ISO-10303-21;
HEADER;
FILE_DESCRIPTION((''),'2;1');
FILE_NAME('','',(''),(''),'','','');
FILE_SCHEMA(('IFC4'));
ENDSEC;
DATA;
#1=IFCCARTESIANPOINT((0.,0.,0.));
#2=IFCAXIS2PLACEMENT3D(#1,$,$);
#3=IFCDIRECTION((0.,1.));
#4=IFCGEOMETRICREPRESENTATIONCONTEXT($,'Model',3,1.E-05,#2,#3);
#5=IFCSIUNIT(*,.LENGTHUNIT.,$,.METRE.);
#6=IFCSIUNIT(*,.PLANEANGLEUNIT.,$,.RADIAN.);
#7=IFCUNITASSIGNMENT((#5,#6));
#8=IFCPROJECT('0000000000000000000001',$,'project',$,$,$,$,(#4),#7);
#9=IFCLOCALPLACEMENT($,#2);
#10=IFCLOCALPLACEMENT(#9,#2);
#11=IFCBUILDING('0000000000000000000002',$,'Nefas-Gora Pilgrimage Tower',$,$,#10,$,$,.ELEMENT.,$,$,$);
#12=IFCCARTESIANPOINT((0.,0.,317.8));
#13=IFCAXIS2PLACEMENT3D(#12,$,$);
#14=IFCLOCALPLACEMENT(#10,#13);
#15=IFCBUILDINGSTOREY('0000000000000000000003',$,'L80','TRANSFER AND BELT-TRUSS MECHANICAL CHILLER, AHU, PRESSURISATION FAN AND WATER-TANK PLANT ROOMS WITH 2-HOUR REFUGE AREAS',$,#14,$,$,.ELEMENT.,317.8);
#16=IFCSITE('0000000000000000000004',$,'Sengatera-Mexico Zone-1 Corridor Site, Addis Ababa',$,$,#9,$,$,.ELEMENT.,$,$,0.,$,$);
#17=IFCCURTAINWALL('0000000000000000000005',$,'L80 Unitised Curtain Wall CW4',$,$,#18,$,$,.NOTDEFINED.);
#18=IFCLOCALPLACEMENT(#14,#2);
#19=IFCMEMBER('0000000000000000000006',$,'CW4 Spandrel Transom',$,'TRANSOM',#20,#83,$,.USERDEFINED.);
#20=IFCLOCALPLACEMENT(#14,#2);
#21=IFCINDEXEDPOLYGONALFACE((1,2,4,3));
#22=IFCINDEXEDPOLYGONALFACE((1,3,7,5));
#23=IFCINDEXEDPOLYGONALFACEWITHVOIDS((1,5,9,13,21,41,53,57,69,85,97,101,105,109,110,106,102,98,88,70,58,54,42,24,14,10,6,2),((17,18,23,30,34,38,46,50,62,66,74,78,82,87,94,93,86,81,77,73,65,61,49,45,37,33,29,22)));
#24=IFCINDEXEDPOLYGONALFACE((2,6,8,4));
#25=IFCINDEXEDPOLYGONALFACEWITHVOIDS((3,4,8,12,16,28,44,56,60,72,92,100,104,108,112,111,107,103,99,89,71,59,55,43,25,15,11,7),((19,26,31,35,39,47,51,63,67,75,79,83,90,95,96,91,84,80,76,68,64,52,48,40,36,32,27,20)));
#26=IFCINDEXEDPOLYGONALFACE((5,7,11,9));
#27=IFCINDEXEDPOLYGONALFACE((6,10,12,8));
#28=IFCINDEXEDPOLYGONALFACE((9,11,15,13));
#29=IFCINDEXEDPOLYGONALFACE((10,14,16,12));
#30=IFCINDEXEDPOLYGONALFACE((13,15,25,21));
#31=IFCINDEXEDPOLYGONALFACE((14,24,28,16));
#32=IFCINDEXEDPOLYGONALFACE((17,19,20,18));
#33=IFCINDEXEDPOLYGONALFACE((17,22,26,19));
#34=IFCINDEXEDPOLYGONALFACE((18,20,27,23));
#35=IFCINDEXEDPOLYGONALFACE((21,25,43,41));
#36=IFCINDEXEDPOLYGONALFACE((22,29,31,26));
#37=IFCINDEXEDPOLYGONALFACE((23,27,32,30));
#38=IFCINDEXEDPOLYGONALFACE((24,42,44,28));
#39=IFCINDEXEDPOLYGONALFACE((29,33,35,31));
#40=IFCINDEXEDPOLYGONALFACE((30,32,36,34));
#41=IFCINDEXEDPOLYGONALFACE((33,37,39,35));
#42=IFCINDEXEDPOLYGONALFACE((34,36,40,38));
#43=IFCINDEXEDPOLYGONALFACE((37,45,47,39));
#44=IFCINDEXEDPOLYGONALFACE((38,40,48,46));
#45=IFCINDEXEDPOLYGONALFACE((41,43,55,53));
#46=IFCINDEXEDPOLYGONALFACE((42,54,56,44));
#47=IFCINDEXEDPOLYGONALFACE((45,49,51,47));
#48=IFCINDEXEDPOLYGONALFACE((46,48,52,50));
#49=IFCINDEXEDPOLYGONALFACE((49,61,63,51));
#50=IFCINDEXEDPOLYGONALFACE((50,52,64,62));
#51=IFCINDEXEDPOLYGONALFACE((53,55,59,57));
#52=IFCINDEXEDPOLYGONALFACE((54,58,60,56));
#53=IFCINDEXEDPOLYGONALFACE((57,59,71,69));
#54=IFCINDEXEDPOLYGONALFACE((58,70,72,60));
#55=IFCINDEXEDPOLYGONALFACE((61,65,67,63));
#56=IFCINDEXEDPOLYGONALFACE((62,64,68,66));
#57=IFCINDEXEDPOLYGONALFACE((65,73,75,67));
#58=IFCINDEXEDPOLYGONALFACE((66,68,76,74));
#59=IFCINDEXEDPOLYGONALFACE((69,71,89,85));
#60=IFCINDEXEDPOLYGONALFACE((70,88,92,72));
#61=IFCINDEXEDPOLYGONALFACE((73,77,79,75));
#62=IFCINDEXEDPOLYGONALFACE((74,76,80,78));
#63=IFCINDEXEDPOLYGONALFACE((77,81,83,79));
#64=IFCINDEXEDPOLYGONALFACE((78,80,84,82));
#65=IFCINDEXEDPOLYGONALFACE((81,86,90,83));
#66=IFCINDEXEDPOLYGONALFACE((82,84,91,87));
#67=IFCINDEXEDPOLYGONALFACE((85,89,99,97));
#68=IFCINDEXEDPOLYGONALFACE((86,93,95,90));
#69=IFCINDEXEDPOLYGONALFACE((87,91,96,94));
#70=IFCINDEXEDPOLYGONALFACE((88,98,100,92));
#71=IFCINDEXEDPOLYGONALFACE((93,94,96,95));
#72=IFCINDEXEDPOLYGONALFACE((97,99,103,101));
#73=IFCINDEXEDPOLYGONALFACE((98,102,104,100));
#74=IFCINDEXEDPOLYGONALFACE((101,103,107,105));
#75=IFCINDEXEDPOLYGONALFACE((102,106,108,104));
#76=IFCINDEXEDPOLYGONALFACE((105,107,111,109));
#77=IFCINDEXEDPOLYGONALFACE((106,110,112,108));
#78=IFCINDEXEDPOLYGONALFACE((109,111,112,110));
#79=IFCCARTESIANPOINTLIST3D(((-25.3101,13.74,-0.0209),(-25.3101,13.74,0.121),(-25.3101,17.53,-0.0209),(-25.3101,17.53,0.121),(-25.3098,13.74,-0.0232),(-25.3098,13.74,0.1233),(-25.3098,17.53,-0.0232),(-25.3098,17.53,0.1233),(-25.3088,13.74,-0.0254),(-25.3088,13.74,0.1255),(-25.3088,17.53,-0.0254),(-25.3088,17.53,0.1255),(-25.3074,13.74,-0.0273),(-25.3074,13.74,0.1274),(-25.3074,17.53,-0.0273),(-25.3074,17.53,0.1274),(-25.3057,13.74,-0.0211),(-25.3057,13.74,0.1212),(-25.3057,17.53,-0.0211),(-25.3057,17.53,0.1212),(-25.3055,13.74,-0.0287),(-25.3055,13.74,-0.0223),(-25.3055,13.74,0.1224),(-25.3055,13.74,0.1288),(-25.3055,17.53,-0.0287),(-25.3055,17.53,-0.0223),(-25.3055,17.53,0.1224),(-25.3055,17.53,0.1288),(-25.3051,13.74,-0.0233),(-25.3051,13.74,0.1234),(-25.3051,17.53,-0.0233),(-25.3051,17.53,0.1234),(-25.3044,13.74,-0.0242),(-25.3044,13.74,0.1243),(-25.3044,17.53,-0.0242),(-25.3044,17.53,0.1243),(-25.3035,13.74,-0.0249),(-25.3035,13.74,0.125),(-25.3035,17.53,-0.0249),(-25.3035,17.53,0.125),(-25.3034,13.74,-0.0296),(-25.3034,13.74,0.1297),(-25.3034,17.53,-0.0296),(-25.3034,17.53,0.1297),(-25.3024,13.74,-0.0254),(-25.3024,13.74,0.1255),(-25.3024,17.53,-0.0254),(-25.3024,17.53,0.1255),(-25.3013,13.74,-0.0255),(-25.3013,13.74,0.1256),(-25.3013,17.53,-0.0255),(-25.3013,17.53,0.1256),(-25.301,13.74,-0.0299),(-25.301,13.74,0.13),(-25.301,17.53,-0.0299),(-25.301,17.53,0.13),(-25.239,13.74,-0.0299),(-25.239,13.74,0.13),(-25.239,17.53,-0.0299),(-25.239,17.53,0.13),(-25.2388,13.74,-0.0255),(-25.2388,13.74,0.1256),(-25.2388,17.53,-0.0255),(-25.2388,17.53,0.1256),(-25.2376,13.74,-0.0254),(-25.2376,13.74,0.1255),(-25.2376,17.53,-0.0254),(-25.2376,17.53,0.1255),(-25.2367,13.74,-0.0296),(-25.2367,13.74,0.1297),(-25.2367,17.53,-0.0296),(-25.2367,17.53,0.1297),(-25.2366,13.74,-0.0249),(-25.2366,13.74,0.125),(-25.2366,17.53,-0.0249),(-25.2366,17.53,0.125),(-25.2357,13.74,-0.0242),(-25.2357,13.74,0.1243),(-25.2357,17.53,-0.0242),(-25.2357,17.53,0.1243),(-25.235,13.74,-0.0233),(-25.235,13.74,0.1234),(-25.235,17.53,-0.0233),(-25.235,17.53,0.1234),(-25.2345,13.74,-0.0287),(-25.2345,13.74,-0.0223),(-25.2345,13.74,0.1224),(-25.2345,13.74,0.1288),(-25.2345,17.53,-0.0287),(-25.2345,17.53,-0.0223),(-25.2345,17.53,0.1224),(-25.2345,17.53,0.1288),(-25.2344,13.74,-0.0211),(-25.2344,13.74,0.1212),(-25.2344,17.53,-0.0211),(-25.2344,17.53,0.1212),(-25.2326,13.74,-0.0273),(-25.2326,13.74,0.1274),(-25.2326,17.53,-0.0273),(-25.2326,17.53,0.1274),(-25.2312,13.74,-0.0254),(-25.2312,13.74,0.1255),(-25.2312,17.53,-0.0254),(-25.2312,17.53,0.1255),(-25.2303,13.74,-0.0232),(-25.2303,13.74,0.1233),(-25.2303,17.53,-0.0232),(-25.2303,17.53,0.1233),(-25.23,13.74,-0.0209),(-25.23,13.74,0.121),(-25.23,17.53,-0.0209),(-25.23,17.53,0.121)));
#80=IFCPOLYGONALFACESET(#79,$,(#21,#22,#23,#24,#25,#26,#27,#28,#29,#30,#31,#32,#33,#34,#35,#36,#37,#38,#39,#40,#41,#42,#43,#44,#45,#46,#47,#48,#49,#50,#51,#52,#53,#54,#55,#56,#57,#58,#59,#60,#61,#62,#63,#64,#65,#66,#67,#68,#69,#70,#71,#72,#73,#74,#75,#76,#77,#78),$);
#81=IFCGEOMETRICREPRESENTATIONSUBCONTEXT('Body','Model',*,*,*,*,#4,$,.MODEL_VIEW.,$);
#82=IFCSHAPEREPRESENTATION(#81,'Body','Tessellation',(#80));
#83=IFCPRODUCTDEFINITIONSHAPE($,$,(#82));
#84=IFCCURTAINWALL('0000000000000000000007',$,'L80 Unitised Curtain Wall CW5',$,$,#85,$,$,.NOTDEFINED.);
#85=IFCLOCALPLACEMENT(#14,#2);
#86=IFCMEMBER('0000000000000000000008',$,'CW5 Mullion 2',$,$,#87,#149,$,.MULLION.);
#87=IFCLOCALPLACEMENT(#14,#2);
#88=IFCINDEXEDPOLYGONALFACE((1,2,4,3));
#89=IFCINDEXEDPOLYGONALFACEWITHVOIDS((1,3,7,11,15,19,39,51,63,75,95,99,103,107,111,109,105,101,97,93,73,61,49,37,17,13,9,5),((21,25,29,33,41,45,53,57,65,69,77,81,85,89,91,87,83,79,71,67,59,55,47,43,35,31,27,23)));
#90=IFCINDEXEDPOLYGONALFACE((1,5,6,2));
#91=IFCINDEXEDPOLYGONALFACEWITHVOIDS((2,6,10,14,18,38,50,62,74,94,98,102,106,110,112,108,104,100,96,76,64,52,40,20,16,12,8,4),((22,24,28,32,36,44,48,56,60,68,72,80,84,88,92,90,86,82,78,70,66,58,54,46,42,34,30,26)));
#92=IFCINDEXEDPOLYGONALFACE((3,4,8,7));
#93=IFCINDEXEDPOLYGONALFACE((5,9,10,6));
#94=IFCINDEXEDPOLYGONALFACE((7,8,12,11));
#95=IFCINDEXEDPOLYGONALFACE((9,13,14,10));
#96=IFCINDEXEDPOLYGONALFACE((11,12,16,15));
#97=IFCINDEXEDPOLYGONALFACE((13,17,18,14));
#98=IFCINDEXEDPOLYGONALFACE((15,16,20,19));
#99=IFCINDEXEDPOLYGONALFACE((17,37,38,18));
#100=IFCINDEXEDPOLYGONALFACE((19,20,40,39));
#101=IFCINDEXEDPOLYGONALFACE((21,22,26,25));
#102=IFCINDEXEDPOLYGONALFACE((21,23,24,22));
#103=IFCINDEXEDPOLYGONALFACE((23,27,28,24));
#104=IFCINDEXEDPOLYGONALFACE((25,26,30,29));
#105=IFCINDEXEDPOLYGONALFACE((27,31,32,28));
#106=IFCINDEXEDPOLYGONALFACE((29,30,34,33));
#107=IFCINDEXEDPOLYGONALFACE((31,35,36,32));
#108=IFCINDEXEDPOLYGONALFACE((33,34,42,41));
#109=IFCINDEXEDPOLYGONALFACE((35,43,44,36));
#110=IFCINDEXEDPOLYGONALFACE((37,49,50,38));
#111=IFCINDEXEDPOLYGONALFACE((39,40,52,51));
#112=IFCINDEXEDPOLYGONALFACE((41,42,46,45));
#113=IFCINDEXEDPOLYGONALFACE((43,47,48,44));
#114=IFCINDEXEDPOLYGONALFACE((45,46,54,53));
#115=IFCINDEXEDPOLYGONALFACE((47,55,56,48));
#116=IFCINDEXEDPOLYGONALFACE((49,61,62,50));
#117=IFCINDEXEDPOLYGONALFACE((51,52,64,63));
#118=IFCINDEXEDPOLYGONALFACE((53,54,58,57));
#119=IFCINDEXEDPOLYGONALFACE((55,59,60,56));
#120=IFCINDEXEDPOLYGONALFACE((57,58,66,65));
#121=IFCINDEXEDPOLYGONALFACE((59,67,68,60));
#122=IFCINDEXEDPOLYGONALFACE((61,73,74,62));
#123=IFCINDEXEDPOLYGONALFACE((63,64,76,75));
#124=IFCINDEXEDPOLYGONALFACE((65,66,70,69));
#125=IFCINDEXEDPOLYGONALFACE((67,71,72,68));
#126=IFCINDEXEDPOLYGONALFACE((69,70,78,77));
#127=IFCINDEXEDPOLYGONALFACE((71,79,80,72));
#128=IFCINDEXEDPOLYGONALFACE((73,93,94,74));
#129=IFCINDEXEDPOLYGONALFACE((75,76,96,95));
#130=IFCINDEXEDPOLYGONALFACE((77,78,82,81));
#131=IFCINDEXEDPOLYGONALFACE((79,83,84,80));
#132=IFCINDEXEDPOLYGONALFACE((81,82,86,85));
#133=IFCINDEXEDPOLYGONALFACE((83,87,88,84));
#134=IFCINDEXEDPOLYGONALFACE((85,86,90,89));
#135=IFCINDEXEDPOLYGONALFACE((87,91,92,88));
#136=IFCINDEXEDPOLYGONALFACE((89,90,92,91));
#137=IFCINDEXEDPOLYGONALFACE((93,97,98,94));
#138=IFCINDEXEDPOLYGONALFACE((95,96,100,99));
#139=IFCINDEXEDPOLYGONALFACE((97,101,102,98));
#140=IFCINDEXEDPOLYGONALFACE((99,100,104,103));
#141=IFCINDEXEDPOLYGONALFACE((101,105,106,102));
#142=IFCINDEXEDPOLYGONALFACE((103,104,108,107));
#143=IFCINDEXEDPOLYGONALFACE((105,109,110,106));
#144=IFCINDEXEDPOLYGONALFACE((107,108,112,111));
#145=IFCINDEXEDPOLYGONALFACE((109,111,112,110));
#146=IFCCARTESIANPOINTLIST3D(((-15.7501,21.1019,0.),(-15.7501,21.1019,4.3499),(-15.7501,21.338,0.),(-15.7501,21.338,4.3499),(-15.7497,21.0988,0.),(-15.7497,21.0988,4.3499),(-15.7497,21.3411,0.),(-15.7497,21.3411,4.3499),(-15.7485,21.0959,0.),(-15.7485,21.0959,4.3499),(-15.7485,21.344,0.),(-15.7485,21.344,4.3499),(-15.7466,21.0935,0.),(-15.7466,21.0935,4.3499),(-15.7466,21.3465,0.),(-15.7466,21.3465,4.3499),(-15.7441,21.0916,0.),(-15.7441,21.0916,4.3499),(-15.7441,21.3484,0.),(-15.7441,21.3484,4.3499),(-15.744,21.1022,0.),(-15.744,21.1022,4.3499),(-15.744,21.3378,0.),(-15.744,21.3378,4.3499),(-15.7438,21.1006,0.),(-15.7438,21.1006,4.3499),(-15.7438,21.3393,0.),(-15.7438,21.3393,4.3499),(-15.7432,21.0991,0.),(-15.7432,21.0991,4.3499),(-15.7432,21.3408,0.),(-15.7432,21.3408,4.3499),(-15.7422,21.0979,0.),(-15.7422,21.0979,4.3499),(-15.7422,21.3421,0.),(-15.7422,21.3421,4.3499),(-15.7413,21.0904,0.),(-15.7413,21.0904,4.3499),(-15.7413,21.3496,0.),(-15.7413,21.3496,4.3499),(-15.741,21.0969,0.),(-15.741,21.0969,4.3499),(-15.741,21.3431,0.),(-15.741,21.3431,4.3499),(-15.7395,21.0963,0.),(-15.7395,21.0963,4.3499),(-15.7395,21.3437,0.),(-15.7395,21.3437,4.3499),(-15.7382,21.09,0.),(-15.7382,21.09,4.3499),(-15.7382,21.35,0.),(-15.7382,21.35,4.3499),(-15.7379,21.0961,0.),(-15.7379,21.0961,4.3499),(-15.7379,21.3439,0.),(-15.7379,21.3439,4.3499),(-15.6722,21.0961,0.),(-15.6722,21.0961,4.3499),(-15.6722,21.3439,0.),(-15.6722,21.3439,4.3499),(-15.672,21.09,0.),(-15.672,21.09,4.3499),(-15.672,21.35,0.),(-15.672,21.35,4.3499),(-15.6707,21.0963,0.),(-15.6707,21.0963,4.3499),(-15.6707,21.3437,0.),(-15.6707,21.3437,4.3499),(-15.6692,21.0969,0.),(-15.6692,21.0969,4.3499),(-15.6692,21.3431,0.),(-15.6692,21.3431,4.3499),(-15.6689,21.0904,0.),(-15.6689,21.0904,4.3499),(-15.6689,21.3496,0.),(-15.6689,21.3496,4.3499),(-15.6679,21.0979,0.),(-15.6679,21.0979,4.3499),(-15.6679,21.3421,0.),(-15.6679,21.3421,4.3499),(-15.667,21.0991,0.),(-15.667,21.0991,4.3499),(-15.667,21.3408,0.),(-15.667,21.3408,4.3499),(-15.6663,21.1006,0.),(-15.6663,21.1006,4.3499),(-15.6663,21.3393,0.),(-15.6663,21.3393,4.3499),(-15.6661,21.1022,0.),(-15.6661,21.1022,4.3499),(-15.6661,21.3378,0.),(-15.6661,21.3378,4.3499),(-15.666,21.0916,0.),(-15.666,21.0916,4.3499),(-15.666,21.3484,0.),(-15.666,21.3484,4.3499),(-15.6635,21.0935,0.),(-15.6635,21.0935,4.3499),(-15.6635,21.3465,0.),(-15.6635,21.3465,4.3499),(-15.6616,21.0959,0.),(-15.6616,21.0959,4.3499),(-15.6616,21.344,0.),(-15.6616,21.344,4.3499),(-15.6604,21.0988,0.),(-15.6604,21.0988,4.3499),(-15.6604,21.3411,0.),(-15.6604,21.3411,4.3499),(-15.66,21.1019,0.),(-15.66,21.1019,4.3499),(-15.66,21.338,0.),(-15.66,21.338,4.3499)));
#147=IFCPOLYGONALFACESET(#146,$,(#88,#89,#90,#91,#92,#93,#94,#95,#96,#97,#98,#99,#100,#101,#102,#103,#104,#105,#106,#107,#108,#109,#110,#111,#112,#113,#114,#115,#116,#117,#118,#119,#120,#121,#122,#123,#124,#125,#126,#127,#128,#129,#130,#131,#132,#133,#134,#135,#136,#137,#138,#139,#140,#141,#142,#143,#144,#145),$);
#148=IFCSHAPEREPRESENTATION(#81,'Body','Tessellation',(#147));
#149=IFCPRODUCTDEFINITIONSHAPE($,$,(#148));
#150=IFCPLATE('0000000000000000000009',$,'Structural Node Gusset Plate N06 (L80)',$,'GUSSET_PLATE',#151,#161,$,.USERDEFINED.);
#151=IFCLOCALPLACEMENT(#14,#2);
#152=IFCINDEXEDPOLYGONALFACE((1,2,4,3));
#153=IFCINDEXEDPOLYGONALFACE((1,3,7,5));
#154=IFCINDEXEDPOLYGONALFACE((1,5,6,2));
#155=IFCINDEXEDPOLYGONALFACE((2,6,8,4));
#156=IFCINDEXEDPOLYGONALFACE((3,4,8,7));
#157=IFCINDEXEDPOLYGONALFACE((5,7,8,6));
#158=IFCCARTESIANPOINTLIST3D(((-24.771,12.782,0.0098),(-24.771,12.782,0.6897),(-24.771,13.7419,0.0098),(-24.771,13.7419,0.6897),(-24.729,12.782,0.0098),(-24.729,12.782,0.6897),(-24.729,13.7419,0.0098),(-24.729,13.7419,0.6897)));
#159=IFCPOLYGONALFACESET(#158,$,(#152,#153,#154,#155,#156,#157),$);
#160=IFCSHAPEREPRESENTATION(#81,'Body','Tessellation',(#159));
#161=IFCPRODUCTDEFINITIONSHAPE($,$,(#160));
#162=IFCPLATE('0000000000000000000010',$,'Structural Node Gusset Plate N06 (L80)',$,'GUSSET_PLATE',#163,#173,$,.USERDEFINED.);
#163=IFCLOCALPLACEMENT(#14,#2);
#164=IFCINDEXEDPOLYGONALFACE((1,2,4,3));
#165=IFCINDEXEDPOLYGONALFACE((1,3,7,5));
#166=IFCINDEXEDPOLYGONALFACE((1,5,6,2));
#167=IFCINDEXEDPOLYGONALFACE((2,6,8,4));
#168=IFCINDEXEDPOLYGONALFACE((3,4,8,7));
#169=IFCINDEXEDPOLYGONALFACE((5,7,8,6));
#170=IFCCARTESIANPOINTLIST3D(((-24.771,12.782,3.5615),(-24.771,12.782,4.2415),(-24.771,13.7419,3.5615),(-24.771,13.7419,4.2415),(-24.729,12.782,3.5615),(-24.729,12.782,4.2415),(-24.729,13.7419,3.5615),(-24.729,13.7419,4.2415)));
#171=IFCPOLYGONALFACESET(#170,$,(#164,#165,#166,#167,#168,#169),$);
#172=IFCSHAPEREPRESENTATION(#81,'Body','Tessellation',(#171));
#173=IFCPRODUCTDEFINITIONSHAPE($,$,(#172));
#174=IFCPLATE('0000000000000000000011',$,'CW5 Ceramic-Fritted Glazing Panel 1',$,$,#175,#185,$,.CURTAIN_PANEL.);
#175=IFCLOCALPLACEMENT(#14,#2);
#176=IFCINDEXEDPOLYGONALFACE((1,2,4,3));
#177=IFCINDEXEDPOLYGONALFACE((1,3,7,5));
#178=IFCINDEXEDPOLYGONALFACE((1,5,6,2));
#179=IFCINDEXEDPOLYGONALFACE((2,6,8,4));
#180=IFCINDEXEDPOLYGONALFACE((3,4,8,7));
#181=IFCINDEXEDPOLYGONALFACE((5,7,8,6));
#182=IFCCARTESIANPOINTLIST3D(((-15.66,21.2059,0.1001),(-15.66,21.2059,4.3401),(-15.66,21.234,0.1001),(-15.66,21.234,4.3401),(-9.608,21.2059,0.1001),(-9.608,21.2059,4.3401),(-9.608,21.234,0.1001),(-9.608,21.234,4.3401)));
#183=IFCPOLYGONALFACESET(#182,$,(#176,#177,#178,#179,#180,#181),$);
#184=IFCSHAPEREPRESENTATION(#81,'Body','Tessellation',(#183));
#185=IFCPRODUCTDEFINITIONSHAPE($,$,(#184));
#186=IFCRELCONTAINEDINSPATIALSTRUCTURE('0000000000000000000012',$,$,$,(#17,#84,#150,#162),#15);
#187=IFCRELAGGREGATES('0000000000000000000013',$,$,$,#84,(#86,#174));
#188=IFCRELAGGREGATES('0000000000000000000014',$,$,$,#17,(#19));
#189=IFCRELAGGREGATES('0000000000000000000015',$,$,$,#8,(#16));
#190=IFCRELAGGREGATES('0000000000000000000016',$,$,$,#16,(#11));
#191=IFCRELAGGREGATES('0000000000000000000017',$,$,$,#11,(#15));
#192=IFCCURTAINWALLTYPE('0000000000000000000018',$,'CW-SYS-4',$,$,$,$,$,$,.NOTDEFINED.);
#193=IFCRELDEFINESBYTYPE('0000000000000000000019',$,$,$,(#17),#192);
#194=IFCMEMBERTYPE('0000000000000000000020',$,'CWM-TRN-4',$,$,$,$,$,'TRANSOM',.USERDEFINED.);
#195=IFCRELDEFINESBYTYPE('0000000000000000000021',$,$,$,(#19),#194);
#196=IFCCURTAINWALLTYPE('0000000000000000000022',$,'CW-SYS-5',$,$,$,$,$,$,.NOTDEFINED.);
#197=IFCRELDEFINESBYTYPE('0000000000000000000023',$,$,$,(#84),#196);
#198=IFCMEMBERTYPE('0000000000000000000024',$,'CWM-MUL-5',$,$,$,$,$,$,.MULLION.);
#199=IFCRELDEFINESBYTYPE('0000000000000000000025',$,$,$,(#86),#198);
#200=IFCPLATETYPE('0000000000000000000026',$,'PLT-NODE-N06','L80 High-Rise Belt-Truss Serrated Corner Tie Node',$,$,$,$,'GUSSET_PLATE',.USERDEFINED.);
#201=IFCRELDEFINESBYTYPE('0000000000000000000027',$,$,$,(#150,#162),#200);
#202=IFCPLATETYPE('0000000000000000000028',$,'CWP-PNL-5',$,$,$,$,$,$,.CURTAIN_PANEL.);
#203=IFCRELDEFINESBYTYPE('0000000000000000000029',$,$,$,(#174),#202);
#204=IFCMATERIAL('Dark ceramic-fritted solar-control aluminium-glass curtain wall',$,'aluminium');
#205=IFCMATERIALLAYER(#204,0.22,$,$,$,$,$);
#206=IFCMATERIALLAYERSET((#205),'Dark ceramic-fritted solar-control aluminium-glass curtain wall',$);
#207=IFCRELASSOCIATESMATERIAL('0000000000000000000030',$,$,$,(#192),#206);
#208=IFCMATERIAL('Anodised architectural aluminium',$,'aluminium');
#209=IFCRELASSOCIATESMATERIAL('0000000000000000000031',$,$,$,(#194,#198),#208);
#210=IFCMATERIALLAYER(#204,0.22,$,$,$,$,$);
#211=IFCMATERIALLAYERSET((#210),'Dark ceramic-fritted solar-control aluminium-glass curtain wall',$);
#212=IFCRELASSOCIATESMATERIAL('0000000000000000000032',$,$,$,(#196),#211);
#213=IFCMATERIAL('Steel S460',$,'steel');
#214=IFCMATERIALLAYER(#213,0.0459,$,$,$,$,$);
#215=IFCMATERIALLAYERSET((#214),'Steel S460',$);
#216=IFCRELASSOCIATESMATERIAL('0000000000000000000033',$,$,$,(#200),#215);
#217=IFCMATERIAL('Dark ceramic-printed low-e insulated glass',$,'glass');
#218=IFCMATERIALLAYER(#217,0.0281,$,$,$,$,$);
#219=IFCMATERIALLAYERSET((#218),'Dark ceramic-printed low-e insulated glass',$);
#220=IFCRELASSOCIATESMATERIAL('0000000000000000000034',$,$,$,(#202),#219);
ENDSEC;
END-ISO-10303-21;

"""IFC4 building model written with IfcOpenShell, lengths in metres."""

from ifc_helpers import new_model, si_unit, direction, frame, origin, origin_2d, place, context, subcontext, project, spatial, rectangle, hollow_rectangle, extrude, source, transform, mapped, material, layer, layer_set, material_profile, profile_set, type_object, element, aggregate, save


model = new_model("IFC4")

# Units and contexts
model_context = context("Model", 3, precision=1e-05, world=origin(), true_north=direction((0.0, 1.0)))
body_context = subcontext(model_context, "Body", "Model", "MODEL_VIEW")
ifc_project = project(units=[si_unit("LENGTHUNIT", "METRE"), si_unit("PLANEANGLEUNIT", "RADIAN")], contexts=[model_context])

# Site, building, storey
site_placement = place(None, origin())
site = spatial("IfcSite", under=ifc_project, at=site_placement, Name="Sengatera-Mexico Zone-1 Corridor Site, Addis Ababa", CompositionType="ELEMENT", RefElevation=0.0)
building_placement = place(site_placement, origin())
building = spatial("IfcBuilding", under=site, at=building_placement, Name="Nefas-Gora Pilgrimage Tower", CompositionType="ELEMENT")
storey_placement = place(building_placement, frame((0.0, 0.0, 317.8)))
storey = spatial("IfcBuildingStorey", under=building, at=storey_placement, Name="L80", Description="TRANSFER AND BELT-TRUSS MECHANICAL CHILLER, AHU, PRESSURISATION FAN AND WATER-TANK PLANT ROOMS WITH 2-HOUR REFUGE AREAS", CompositionType="ELEMENT", Elevation=317.8)

# Curtain wall, member
ifc_material_1 = material(Name="Dark ceramic-fritted solar-control aluminium-glass curtain wall", Category="aluminium")
ifc_layer_1 = layer(ifc_material_1, 0.22)
ifc_layer_set_1 = layer_set([ifc_layer_1], Name="Dark ceramic-fritted solar-control aluminium-glass curtain wall")
curtain_wall_type_1 = type_object("IfcCurtainWallType", Name="CW-SYS-4", PredefinedType="NOTDEFINED", material=ifc_layer_set_1)
ifc_material_2 = material(Name="Anodised architectural aluminium", Category="aluminium")
ifc_material_profile_1 = material_profile(ifc_material_2, hollow_rectangle(XDim=0.0801, YDim=0.1599, WallThickness=0.0044, InnerFilletRadius=0.0044, OuterFilletRadius=0.009, at=origin_2d()), Name="ALU TRANSOM 80x160")
ifc_profile_set_1 = profile_set([ifc_material_profile_1], Name="Anodised architectural aluminium")
member_type_1 = type_object("IfcMemberType", Name="CWM-TRN-4", ElementType="TRANSOM", PredefinedType="USERDEFINED", material=ifc_profile_set_1)
curtain_wall_1_placement = place(storey_placement, origin())
curtain_wall_1 = element("IfcCurtainWall", 1, at=curtain_wall_1_placement, inside=storey, type_object=curtain_wall_type_1, Name="L80 Unitised Curtain Wall CW4", PredefinedType="NOTDEFINED")
shared_shape_1 = source(origin(), body_context, "Body", "SweptSolid", [
    extrude(hollow_rectangle(XDim=0.0801, YDim=0.1599, WallThickness=0.0044, InnerFilletRadius=0.0044, OuterFilletRadius=0.009, at=origin_2d()), origin(), (0.0, 0.0, 1.0), 3.79),
])
member_1_placement = place(storey_placement, frame((-25.27, 17.53, 0.05), z_axis=(0.0, -1.0, 0.0), x_axis=(1.0, 0.0, 0.0)))
member_1 = element("IfcMember", 2, at=member_1_placement, type_object=member_type_1, Name="CW4 Spandrel Transom", ObjectType="TRANSOM", PredefinedType="USERDEFINED", context=body_context, shape_type="MappedRepresentation", body=[
    mapped(shared_shape_1, transform((0.0, 0.0, 0.0), x_axis=(1.0, 0.0, 0.0), y_axis=(0.0, 1.0, 0.0), z_axis=(0.0, 0.0, 1.0), scale=1.0)),
])

# Curtain wall, member
ifc_layer_2 = layer(ifc_material_1, 0.22)
ifc_layer_set_2 = layer_set([ifc_layer_2], Name="Dark ceramic-fritted solar-control aluminium-glass curtain wall")
curtain_wall_type_2 = type_object("IfcCurtainWallType", Name="CW-SYS-5", PredefinedType="NOTDEFINED", material=ifc_layer_set_2)
curtain_wall_2_placement = place(storey_placement, origin())
curtain_wall_2 = element("IfcCurtainWall", 3, at=curtain_wall_2_placement, inside=storey, type_object=curtain_wall_type_2, Name="L80 Unitised Curtain Wall CW5", PredefinedType="NOTDEFINED")
ifc_material_profile_2 = material_profile(ifc_material_2, hollow_rectangle(XDim=0.0901, YDim=0.26, WallThickness=0.0061, InnerFilletRadius=0.0061, OuterFilletRadius=0.012, at=origin_2d()), Name="ALU MULLION 90x260")
ifc_profile_set_2 = profile_set([ifc_material_profile_2], Name="Anodised architectural aluminium")
member_type_2 = type_object("IfcMemberType", Name="CWM-MUL-5", PredefinedType="MULLION", material=ifc_profile_set_2)
shared_shape_2 = source(origin(), body_context, "Body", "SweptSolid", [
    extrude(hollow_rectangle(XDim=0.0901, YDim=0.26, WallThickness=0.0061, InnerFilletRadius=0.0061, OuterFilletRadius=0.012, at=origin_2d()), origin(), (0.0, 0.0, 1.0), 4.3499),
])
member_2_placement = place(storey_placement, frame((-15.7051, 21.22, 0.0), z_axis=(0.0, 0.0, 1.0), x_axis=(-1.0, 0.0, 0.0)))
member_2 = element("IfcMember", 4, at=member_2_placement, type_object=member_type_2, Name="CW5 Mullion 2", PredefinedType="MULLION", context=body_context, shape_type="MappedRepresentation", body=[
    mapped(shared_shape_2, transform((0.0, 0.0, 0.0), x_axis=(1.0, 0.0, 0.0), y_axis=(0.0, 1.0, 0.0), z_axis=(0.0, 0.0, 1.0), scale=1.0)),
])

# Plates
ifc_material_3 = material(Name="Steel S460", Category="steel")
ifc_layer_3 = layer(ifc_material_3, 0.0459)
ifc_layer_set_3 = layer_set([ifc_layer_3], Name="Steel S460")
plate_type_1 = type_object("IfcPlateType", Name="PLT-NODE-N06", Description="L80 High-Rise Belt-Truss Serrated Corner Tie Node", ElementType="GUSSET_PLATE", PredefinedType="USERDEFINED", material=ifc_layer_set_3)
shared_shape_3 = source(origin(), body_context, "Body", "SweptSolid", [
    extrude(rectangle(XDim=0.96, YDim=0.042, at=origin_2d()), origin(), (0.0, 0.0, 1.0), 0.6799),
])
for number, where, z_axis, x_axis, name in (
    (5, (-24.75, 13.262, 0.0098), (0.0, 0.0, 1.0), (0.0, 1.0, 0.0), "Structural Node Gusset Plate N06 (L80)"),
    (6, (-24.75, 13.262, 3.5615), (0.0, 0.0, 1.0), (0.0, 1.0, 0.0), "Structural Node Gusset Plate N06 (L80)"),
):
    element("IfcPlate", number, at=place(storey_placement, frame(where, z_axis=z_axis, x_axis=x_axis)), inside=storey, type_object=plate_type_1, Name=name, ObjectType="GUSSET_PLATE", PredefinedType="USERDEFINED", context=body_context, shape_type="MappedRepresentation", body=[
        mapped(shared_shape_3, transform((0.0, 0.0, 0.0), x_axis=(1.0, 0.0, 0.0), y_axis=(0.0, 1.0, 0.0), z_axis=(0.0, 0.0, 1.0), scale=1.0)),
    ])

# Plate
ifc_material_4 = material(Name="Dark ceramic-printed low-e insulated glass", Category="glass")
ifc_layer_4 = layer(ifc_material_4, 0.0281)
ifc_layer_set_4 = layer_set([ifc_layer_4], Name="Dark ceramic-printed low-e insulated glass")
plate_type_2 = type_object("IfcPlateType", Name="CWP-PNL-5", PredefinedType="CURTAIN_PANEL", material=ifc_layer_set_4)
shared_shape_4 = source(origin(), body_context, "Body", "SweptSolid", [
    extrude(rectangle(XDim=6.052, YDim=0.0281, at=origin_2d()), origin(), (0.0, 0.0, 1.0), 4.24),
])
plate_1_placement = place(storey_placement, frame((-12.634, 21.22, 0.1001), z_axis=(0.0, 0.0, 1.0), x_axis=(-1.0, 0.0, 0.0)))
plate_1 = element("IfcPlate", 7, at=plate_1_placement, type_object=plate_type_2, Name="CW5 Ceramic-Fritted Glazing Panel 1", PredefinedType="CURTAIN_PANEL", context=body_context, shape_type="MappedRepresentation", body=[
    mapped(shared_shape_4, transform((0.0, 0.0, 0.0), x_axis=(1.0, 0.0, 0.0), y_axis=(0.0, 1.0, 0.0), z_axis=(0.0, 0.0, 1.0), scale=1.0)),
])
aggregate(curtain_wall_2, [member_2, plate_1])
aggregate(curtain_wall_1, [member_1])

save(model, "model.ifc")
